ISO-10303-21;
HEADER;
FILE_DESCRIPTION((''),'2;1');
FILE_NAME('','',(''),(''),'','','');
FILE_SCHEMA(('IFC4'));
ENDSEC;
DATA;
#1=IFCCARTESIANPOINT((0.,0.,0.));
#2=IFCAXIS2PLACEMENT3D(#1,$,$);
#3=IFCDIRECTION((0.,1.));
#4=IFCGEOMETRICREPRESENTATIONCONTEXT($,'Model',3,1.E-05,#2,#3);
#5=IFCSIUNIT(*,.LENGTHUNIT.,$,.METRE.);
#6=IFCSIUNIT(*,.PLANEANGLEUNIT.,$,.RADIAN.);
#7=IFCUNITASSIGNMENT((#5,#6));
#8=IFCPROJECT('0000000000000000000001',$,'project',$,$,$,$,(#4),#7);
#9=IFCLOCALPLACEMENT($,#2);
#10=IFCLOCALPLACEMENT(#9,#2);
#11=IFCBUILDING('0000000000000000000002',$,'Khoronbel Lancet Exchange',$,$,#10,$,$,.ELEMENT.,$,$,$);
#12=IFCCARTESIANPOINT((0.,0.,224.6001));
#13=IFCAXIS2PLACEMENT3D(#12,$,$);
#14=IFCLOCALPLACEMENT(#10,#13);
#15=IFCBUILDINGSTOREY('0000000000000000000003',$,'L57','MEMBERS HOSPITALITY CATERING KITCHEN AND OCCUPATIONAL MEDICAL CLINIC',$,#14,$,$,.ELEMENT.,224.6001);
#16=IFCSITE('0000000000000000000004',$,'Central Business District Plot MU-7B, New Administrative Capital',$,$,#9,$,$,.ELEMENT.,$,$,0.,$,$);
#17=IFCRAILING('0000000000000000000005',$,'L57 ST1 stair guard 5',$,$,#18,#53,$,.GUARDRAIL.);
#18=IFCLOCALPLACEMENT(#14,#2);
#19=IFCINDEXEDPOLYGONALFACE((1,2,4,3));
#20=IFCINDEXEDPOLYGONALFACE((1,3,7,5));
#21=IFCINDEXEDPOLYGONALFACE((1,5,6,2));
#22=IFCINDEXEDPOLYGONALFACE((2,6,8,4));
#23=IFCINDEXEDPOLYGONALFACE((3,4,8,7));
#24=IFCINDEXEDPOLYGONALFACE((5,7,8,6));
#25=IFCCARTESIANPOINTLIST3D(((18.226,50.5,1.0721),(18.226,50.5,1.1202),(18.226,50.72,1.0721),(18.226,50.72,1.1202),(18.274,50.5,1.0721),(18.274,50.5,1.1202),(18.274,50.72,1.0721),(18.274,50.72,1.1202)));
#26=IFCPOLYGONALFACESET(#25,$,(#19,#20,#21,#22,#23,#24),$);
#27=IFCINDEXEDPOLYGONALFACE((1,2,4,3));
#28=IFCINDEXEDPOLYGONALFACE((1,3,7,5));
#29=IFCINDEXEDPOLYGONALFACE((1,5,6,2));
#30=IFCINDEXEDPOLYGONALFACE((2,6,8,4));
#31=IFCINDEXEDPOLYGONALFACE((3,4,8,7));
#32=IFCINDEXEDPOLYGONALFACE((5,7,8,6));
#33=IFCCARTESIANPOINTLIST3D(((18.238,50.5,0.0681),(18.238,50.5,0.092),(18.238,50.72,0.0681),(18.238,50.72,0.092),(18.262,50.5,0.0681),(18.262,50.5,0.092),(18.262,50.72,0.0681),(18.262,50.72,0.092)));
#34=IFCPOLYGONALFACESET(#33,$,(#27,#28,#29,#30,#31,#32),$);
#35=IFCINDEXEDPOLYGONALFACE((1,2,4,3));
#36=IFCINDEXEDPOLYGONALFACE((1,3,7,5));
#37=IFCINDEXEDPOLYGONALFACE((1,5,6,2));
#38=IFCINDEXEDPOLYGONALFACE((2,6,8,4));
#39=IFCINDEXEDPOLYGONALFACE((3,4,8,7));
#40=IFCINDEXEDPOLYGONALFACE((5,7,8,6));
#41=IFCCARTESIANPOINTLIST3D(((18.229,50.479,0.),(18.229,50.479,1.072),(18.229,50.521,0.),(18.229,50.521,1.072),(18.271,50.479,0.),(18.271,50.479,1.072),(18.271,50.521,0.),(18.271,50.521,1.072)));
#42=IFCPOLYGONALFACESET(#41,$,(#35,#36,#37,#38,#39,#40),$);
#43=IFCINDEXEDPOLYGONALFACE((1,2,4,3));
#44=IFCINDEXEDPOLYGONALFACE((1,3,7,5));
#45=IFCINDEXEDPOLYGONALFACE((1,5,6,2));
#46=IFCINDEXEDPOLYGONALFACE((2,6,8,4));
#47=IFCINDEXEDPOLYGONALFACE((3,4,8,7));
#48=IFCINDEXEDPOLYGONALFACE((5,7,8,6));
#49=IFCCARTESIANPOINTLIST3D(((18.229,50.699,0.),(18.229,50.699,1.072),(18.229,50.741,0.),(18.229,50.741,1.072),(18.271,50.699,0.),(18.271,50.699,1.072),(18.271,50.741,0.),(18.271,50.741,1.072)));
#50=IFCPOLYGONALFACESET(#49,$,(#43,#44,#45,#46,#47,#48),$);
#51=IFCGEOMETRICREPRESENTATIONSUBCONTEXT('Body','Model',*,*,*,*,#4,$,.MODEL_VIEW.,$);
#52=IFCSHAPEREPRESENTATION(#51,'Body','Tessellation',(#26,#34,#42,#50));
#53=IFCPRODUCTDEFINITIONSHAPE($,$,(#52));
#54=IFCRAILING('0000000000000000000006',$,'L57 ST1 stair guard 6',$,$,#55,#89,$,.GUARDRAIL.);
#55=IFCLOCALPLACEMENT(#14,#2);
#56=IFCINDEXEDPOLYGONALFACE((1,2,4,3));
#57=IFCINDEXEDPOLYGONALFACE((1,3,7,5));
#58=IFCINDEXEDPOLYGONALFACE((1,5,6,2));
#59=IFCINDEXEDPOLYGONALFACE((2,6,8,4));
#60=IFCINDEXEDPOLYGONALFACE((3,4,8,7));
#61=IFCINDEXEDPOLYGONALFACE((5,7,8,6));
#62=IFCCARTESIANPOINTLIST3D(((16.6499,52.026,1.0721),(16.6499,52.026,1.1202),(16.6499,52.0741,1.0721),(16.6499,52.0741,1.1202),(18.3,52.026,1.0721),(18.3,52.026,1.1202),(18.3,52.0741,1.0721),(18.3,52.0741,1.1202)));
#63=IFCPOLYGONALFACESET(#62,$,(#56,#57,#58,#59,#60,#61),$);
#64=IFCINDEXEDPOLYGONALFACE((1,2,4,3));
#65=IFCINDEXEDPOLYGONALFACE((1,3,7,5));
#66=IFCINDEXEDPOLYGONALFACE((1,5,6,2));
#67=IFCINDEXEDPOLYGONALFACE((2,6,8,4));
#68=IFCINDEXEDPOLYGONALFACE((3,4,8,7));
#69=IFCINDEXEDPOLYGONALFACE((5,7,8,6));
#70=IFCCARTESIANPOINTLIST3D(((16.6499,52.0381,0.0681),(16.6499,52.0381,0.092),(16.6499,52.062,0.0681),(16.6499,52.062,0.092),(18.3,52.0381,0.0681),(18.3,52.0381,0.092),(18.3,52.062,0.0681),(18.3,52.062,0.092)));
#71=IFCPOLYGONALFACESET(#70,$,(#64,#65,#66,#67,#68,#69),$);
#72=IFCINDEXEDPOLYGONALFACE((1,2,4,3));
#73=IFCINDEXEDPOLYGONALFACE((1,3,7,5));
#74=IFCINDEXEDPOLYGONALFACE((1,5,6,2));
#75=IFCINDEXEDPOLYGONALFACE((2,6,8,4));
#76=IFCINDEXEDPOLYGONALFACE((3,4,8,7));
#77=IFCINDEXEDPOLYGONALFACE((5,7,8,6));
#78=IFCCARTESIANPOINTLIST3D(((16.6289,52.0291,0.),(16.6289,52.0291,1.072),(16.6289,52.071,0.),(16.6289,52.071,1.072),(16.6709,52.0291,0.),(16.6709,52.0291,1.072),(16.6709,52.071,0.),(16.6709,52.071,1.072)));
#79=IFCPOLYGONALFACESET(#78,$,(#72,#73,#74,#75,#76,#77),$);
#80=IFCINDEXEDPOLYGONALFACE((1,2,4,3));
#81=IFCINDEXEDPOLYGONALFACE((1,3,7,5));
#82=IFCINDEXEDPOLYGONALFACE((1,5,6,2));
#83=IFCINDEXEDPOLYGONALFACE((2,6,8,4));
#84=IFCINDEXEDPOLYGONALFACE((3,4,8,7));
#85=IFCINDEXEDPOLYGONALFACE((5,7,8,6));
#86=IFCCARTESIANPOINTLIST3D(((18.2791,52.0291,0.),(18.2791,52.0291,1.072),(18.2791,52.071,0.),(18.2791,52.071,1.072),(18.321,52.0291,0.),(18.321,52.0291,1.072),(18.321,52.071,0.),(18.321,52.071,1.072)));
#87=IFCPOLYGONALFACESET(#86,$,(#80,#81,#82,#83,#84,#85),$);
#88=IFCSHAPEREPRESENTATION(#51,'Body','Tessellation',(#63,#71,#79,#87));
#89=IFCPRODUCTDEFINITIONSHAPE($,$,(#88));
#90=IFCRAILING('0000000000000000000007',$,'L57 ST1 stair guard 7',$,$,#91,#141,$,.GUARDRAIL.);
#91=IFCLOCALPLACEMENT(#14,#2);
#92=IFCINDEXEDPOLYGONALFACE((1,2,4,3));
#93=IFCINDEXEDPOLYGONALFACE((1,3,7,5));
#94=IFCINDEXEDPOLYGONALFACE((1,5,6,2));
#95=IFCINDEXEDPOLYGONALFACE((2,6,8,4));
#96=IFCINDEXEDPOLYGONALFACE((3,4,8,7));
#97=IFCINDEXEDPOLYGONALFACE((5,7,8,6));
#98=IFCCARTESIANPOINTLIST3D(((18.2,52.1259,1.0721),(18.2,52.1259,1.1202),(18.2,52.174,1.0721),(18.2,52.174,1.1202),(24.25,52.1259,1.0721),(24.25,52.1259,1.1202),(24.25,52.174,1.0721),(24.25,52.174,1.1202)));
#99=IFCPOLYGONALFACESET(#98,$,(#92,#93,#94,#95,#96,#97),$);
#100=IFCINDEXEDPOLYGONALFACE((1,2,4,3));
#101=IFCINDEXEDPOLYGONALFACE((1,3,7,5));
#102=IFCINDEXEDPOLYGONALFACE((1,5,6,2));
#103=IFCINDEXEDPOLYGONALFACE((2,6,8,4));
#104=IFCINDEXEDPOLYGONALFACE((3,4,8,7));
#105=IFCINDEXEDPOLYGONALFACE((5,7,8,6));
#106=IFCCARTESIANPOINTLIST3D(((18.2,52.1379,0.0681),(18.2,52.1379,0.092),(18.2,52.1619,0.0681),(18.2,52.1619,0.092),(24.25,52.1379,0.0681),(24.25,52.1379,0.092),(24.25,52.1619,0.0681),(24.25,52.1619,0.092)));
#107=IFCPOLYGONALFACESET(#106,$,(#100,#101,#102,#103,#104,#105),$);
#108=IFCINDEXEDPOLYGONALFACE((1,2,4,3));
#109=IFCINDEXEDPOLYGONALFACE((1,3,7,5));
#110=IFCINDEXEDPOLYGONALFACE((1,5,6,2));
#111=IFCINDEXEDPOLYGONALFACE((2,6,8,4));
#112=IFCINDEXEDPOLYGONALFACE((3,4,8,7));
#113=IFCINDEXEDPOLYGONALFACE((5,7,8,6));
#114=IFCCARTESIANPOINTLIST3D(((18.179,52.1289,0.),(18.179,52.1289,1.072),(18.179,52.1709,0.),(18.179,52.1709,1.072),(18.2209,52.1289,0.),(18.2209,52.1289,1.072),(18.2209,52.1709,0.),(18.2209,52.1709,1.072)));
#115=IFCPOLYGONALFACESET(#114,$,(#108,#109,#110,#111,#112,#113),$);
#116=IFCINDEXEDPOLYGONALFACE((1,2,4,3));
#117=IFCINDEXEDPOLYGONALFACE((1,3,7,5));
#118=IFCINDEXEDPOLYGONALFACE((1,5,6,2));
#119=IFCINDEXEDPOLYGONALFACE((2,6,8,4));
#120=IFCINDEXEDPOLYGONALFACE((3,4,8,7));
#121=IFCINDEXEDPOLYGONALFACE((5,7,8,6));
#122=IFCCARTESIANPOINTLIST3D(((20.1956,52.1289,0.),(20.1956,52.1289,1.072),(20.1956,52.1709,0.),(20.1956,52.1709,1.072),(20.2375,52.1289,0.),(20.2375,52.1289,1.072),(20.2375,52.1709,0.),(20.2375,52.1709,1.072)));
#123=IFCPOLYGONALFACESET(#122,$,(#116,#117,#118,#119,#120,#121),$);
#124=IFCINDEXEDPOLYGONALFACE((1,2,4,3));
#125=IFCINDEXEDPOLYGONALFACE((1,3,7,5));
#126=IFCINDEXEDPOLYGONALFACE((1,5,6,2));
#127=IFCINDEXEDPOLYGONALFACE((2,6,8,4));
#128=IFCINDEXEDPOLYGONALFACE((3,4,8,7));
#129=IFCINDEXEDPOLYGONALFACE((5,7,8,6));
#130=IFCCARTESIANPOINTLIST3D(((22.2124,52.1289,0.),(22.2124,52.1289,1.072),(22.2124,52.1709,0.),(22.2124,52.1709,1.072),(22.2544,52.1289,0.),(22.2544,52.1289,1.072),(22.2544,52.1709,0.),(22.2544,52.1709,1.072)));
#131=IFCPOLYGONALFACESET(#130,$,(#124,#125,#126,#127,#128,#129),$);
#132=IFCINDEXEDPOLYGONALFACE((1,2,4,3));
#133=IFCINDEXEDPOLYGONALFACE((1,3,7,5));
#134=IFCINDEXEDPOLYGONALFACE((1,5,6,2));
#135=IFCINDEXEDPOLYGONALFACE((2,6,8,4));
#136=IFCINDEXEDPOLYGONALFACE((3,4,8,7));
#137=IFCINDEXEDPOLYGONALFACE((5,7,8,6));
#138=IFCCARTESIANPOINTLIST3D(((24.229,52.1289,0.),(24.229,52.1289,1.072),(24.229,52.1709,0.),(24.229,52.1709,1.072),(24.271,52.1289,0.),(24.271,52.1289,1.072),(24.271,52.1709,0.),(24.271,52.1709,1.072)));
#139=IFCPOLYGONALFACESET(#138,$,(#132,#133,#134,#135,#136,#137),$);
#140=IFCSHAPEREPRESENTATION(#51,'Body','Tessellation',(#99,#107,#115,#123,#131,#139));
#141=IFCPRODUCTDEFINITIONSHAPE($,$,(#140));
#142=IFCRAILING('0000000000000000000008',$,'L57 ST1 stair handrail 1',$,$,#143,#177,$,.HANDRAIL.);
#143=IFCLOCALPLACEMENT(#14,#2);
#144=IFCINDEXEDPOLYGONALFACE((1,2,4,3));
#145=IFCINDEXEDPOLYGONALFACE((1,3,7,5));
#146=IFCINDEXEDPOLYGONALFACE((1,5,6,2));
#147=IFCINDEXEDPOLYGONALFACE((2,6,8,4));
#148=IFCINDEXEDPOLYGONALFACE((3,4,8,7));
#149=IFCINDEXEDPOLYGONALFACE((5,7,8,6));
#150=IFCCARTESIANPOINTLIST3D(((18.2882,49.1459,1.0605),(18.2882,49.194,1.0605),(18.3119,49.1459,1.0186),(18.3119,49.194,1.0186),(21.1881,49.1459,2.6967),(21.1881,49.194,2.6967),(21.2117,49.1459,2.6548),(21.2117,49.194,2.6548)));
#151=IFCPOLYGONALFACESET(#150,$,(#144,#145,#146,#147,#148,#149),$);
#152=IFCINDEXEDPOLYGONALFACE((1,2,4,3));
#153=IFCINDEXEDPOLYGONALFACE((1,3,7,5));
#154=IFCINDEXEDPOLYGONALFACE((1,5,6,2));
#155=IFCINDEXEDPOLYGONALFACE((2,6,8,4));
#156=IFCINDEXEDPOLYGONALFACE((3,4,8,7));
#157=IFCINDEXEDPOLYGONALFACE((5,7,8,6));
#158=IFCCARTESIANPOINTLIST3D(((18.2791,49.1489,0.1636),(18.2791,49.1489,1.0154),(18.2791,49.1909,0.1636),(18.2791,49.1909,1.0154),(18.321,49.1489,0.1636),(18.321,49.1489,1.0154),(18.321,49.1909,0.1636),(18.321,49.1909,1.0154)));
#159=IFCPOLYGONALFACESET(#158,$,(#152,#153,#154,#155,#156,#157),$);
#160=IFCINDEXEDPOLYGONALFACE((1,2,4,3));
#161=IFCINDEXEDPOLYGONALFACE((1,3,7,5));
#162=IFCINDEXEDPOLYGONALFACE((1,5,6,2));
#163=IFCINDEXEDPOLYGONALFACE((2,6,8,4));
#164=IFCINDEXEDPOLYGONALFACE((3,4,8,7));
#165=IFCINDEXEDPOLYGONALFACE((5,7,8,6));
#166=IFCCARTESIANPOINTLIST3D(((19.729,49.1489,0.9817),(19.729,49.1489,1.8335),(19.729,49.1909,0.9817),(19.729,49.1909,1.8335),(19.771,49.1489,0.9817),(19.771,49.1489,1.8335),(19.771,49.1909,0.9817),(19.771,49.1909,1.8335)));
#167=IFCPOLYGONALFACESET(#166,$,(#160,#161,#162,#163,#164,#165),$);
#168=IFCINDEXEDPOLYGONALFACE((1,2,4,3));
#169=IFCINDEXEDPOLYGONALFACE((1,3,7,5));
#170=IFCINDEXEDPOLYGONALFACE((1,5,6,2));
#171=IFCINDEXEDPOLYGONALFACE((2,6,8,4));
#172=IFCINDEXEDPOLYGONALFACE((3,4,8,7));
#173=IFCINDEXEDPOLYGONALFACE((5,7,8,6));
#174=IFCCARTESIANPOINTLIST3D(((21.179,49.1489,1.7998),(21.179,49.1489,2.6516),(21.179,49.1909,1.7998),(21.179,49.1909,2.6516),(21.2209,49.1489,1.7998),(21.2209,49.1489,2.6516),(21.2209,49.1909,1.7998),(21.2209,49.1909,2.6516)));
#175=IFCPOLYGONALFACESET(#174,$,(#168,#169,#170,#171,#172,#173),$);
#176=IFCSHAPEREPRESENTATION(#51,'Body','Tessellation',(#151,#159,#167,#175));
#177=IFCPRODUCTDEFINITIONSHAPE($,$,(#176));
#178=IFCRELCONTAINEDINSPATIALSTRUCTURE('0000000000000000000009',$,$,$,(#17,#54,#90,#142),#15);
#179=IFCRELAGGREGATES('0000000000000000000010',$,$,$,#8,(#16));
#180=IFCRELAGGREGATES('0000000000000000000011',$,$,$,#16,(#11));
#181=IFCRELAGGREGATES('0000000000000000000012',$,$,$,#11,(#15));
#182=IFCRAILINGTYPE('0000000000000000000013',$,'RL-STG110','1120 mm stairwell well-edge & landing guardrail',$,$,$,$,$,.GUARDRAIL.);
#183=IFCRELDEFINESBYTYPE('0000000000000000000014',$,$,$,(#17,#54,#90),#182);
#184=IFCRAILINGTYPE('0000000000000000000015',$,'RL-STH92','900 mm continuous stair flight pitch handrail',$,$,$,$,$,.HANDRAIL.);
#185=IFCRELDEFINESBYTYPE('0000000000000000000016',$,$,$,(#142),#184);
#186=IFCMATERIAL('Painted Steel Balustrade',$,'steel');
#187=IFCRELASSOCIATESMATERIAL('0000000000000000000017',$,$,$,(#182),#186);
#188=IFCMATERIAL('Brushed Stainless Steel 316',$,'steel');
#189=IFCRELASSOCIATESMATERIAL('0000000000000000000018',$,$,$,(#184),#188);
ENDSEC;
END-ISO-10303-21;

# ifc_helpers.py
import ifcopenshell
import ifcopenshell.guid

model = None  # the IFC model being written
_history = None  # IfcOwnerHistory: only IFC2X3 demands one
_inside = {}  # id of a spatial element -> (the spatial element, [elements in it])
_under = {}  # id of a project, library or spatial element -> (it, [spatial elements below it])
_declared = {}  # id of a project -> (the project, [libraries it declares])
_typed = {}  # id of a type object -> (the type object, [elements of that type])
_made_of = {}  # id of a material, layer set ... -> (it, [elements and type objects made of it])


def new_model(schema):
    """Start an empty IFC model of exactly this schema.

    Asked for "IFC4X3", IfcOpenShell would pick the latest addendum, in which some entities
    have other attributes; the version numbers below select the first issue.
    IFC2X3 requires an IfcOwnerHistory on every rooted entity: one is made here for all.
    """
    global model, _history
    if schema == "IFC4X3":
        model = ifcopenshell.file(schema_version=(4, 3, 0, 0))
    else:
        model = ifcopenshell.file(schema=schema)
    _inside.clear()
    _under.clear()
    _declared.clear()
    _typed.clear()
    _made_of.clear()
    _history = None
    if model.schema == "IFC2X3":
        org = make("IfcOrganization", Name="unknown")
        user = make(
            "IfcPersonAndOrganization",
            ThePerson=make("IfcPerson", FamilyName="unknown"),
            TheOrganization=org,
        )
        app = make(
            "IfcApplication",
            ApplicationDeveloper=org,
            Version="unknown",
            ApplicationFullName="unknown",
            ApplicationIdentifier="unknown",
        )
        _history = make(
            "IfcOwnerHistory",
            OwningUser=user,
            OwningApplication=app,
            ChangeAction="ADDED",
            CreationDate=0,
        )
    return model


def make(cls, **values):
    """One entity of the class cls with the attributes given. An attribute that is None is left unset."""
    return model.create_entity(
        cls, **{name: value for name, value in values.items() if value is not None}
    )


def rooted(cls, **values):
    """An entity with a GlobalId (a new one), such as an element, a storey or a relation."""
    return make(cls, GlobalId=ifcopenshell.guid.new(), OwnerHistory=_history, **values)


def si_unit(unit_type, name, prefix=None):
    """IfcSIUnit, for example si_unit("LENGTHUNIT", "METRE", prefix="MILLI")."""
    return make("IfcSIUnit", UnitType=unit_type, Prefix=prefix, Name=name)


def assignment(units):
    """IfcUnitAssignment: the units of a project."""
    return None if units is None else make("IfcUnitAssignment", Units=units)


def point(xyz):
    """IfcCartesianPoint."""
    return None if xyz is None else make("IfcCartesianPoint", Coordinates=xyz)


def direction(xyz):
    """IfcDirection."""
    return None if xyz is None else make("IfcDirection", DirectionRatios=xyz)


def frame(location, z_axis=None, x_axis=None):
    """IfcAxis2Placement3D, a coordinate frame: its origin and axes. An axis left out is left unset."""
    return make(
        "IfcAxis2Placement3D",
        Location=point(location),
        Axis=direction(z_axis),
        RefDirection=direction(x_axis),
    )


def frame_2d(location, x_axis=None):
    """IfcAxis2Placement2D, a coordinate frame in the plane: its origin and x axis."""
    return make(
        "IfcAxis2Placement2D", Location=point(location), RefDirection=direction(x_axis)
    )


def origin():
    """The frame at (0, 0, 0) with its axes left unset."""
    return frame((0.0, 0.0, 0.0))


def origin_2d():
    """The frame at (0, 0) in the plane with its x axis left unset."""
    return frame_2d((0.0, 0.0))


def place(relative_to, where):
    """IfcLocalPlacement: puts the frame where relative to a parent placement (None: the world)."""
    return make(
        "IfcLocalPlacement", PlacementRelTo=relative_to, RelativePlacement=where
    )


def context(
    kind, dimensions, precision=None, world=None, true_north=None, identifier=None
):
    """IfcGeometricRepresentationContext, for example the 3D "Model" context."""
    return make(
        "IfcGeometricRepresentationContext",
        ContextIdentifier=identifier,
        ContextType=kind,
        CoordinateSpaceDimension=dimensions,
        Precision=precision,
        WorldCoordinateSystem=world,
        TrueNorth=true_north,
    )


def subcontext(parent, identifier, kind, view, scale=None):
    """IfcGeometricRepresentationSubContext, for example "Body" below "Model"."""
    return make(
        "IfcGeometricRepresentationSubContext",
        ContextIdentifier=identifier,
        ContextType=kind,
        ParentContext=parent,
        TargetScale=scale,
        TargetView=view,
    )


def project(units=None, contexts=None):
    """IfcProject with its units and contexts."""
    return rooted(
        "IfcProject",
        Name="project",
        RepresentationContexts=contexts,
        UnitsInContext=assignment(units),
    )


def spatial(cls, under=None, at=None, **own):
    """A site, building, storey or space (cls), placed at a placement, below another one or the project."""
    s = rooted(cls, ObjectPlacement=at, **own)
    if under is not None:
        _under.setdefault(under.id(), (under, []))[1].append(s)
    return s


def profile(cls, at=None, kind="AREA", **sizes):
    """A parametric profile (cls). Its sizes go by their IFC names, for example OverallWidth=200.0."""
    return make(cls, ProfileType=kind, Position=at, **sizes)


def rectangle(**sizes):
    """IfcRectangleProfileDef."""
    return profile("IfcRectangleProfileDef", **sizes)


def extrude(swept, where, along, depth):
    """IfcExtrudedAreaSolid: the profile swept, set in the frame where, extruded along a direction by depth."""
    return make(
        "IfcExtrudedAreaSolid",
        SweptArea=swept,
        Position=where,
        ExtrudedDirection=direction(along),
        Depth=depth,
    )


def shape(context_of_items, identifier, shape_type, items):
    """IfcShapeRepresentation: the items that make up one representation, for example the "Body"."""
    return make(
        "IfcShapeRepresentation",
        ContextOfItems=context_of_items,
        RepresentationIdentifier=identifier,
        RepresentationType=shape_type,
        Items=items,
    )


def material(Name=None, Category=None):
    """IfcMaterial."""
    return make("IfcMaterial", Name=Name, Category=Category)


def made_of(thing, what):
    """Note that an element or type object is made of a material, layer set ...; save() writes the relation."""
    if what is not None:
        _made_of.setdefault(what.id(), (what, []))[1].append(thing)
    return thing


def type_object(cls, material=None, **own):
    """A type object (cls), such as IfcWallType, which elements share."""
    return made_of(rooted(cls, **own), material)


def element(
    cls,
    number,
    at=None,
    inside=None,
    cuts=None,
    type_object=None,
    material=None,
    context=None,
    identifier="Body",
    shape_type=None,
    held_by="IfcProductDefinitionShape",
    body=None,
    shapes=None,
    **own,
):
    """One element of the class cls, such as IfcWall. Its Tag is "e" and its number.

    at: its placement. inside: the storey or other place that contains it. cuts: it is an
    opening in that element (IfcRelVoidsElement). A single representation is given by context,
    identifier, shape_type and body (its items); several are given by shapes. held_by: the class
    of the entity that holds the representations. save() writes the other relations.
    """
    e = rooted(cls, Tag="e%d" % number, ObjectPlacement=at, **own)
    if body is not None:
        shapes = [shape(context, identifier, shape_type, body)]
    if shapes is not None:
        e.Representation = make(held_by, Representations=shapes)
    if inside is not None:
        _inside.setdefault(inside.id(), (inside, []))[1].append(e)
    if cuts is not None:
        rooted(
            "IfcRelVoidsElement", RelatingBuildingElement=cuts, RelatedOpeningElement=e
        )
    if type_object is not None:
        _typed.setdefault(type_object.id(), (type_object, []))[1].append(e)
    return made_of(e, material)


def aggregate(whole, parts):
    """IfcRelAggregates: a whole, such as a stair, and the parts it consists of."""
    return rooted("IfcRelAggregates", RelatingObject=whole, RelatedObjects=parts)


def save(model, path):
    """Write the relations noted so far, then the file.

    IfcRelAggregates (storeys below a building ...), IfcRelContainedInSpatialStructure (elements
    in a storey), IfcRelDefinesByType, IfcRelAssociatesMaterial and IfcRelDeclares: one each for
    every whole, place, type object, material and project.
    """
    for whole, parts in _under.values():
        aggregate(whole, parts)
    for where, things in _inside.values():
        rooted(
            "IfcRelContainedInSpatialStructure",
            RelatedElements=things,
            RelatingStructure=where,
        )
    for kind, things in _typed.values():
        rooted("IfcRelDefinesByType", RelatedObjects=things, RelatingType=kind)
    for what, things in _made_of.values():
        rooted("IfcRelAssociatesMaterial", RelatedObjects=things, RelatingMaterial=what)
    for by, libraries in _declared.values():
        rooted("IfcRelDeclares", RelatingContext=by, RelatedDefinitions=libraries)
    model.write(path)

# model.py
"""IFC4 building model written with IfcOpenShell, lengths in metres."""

from ifc_helpers import new_model, si_unit, direction, frame, origin, origin_2d, place, context, subcontext, project, spatial, rectangle, extrude, material, type_object, element, save


model = new_model("IFC4")

# Units and contexts
model_context = context("Model", 3, precision=1e-05, world=origin(), true_north=direction((0.0, 1.0)))
body_context = subcontext(model_context, "Body", "Model", "MODEL_VIEW")
ifc_project = project(units=[si_unit("LENGTHUNIT", "METRE"), si_unit("PLANEANGLEUNIT", "RADIAN")], contexts=[model_context])

# Site, building, storey
site_placement = place(None, origin())
site = spatial("IfcSite", under=ifc_project, at=site_placement, Name="Central Business District Plot MU-7B, New Administrative Capital", CompositionType="ELEMENT", RefElevation=0.0)
building_placement = place(site_placement, origin())
building = spatial("IfcBuilding", under=site, at=building_placement, Name="Khoronbel Lancet Exchange", CompositionType="ELEMENT")
storey_placement = place(building_placement, frame((0.0, 0.0, 224.6001)))
storey = spatial("IfcBuildingStorey", under=building, at=storey_placement, Name="L57", Description="MEMBERS HOSPITALITY CATERING KITCHEN AND OCCUPATIONAL MEDICAL CLINIC", CompositionType="ELEMENT", Elevation=224.6001)

# Railings
ifc_material_1 = material(Name="Painted Steel Balustrade", Category="steel")
railing_type_1 = type_object("IfcRailingType", Name="RL-STG110", Description="1120 mm stairwell well-edge & landing guardrail", PredefinedType="GUARDRAIL", material=ifc_material_1)
railing_1_placement = place(storey_placement, frame((18.25, 50.5, 0.0)))
element("IfcRailing", 1, at=railing_1_placement, inside=storey, type_object=railing_type_1, Name="L57 ST1 stair guard 5", PredefinedType="GUARDRAIL", context=body_context, shape_type="SweptSolid", body=[
    extrude(rectangle(XDim=0.0481, YDim=0.0481, at=origin_2d()), frame((0.0, 0.0, 1.0962), z_axis=(0.0, 1.0, 0.0), x_axis=(-1.0, 0.0, 0.0)), (0.0, 0.0, 1.0), 0.22),
    extrude(rectangle(XDim=0.0239, YDim=0.0239, at=origin_2d()), frame((0.0, 0.0, 0.0801), z_axis=(0.0, 1.0, 0.0), x_axis=(-1.0, 0.0, 0.0)), (0.0, 0.0, 1.0), 0.22),
    extrude(rectangle(XDim=0.042, YDim=0.042, at=origin_2d()), origin(), (0.0, 0.0, 1.0), 1.072),
    extrude(rectangle(XDim=0.042, YDim=0.042, at=origin_2d()), frame((0.0, 0.22, 0.0)), (0.0, 0.0, 1.0), 1.072),
])
railing_2_placement = place(storey_placement, frame((16.6499, 52.05, 0.0)))
element("IfcRailing", 2, at=railing_2_placement, inside=storey, type_object=railing_type_1, Name="L57 ST1 stair guard 6", PredefinedType="GUARDRAIL", context=body_context, shape_type="SweptSolid", body=[
    extrude(rectangle(XDim=0.0481, YDim=0.0481, at=origin_2d()), frame((0.0, 0.0, 1.0962), z_axis=(1.0, 0.0, 0.0), x_axis=(0.0, 1.0, 0.0)), (0.0, 0.0, 1.0), 1.6501),
    extrude(rectangle(XDim=0.0239, YDim=0.0239, at=origin_2d()), frame((0.0, 0.0, 0.0801), z_axis=(1.0, 0.0, 0.0), x_axis=(0.0, 1.0, 0.0)), (0.0, 0.0, 1.0), 1.6501),
    extrude(rectangle(XDim=0.042, YDim=0.042, at=origin_2d()), origin(), (0.0, 0.0, 1.0), 1.072),
    extrude(rectangle(XDim=0.042, YDim=0.042, at=origin_2d()), frame((1.6501, 0.0, 0.0)), (0.0, 0.0, 1.0), 1.072),
])
railing_3_placement = place(storey_placement, frame((18.2, 52.1499, 0.0)))
element("IfcRailing", 3, at=railing_3_placement, inside=storey, type_object=railing_type_1, Name="L57 ST1 stair guard 7", PredefinedType="GUARDRAIL", context=body_context, shape_type="SweptSolid", body=[
    extrude(rectangle(XDim=0.0481, YDim=0.0481, at=origin_2d()), frame((0.0, 0.0, 1.0962), z_axis=(1.0, 0.0, 0.0), x_axis=(0.0, 1.0, 0.0)), (0.0, 0.0, 1.0), 6.05),
    extrude(rectangle(XDim=0.0239, YDim=0.0239, at=origin_2d()), frame((0.0, 0.0, 0.0801), z_axis=(1.0, 0.0, 0.0), x_axis=(0.0, 1.0, 0.0)), (0.0, 0.0, 1.0), 6.05),
    extrude(rectangle(XDim=0.042, YDim=0.042, at=origin_2d()), origin(), (0.0, 0.0, 1.0), 1.072),
    extrude(rectangle(XDim=0.042, YDim=0.042, at=origin_2d()), frame((2.0166, 0.0, 0.0)), (0.0, 0.0, 1.0), 1.072),
    extrude(rectangle(XDim=0.042, YDim=0.042, at=origin_2d()), frame((4.0334, 0.0, 0.0)), (0.0, 0.0, 1.0), 1.072),
    extrude(rectangle(XDim=0.042, YDim=0.042, at=origin_2d()), frame((6.05, 0.0, 0.0)), (0.0, 0.0, 1.0), 1.072),
])
ifc_material_2 = material(Name="Brushed Stainless Steel 316", Category="steel")
railing_type_2 = type_object("IfcRailingType", Name="RL-STH92", Description="900 mm continuous stair flight pitch handrail", PredefinedType="HANDRAIL", material=ifc_material_2)
railing_4_placement = place(storey_placement, frame((18.3, 49.1699, 0.1636)))
element("IfcRailing", 4, at=railing_4_placement, inside=storey, type_object=railing_type_2, Name="L57 ST1 stair handrail 1", PredefinedType="HANDRAIL", context=body_context, shape_type="SweptSolid", body=[
    extrude(rectangle(XDim=0.0481, YDim=0.0481, at=origin_2d()), frame((0.0, 0.0, 0.876), z_axis=(0.870929, 0.0, 0.49141), x_axis=(0.0, 1.0, 0.0)), (0.0, 0.0, 1.0), 3.3296),
    extrude(rectangle(XDim=0.042, YDim=0.042, at=origin_2d()), origin(), (0.0, 0.0, 1.0), 0.8518),
    extrude(rectangle(XDim=0.042, YDim=0.042, at=origin_2d()), frame((1.45, 0.0, 0.8181)), (0.0, 0.0, 1.0), 0.8518),
    extrude(rectangle(XDim=0.042, YDim=0.042, at=origin_2d()), frame((2.8999, 0.0, 1.6362)), (0.0, 0.0, 1.0), 0.8518),
])

save(model, "model.ifc")
